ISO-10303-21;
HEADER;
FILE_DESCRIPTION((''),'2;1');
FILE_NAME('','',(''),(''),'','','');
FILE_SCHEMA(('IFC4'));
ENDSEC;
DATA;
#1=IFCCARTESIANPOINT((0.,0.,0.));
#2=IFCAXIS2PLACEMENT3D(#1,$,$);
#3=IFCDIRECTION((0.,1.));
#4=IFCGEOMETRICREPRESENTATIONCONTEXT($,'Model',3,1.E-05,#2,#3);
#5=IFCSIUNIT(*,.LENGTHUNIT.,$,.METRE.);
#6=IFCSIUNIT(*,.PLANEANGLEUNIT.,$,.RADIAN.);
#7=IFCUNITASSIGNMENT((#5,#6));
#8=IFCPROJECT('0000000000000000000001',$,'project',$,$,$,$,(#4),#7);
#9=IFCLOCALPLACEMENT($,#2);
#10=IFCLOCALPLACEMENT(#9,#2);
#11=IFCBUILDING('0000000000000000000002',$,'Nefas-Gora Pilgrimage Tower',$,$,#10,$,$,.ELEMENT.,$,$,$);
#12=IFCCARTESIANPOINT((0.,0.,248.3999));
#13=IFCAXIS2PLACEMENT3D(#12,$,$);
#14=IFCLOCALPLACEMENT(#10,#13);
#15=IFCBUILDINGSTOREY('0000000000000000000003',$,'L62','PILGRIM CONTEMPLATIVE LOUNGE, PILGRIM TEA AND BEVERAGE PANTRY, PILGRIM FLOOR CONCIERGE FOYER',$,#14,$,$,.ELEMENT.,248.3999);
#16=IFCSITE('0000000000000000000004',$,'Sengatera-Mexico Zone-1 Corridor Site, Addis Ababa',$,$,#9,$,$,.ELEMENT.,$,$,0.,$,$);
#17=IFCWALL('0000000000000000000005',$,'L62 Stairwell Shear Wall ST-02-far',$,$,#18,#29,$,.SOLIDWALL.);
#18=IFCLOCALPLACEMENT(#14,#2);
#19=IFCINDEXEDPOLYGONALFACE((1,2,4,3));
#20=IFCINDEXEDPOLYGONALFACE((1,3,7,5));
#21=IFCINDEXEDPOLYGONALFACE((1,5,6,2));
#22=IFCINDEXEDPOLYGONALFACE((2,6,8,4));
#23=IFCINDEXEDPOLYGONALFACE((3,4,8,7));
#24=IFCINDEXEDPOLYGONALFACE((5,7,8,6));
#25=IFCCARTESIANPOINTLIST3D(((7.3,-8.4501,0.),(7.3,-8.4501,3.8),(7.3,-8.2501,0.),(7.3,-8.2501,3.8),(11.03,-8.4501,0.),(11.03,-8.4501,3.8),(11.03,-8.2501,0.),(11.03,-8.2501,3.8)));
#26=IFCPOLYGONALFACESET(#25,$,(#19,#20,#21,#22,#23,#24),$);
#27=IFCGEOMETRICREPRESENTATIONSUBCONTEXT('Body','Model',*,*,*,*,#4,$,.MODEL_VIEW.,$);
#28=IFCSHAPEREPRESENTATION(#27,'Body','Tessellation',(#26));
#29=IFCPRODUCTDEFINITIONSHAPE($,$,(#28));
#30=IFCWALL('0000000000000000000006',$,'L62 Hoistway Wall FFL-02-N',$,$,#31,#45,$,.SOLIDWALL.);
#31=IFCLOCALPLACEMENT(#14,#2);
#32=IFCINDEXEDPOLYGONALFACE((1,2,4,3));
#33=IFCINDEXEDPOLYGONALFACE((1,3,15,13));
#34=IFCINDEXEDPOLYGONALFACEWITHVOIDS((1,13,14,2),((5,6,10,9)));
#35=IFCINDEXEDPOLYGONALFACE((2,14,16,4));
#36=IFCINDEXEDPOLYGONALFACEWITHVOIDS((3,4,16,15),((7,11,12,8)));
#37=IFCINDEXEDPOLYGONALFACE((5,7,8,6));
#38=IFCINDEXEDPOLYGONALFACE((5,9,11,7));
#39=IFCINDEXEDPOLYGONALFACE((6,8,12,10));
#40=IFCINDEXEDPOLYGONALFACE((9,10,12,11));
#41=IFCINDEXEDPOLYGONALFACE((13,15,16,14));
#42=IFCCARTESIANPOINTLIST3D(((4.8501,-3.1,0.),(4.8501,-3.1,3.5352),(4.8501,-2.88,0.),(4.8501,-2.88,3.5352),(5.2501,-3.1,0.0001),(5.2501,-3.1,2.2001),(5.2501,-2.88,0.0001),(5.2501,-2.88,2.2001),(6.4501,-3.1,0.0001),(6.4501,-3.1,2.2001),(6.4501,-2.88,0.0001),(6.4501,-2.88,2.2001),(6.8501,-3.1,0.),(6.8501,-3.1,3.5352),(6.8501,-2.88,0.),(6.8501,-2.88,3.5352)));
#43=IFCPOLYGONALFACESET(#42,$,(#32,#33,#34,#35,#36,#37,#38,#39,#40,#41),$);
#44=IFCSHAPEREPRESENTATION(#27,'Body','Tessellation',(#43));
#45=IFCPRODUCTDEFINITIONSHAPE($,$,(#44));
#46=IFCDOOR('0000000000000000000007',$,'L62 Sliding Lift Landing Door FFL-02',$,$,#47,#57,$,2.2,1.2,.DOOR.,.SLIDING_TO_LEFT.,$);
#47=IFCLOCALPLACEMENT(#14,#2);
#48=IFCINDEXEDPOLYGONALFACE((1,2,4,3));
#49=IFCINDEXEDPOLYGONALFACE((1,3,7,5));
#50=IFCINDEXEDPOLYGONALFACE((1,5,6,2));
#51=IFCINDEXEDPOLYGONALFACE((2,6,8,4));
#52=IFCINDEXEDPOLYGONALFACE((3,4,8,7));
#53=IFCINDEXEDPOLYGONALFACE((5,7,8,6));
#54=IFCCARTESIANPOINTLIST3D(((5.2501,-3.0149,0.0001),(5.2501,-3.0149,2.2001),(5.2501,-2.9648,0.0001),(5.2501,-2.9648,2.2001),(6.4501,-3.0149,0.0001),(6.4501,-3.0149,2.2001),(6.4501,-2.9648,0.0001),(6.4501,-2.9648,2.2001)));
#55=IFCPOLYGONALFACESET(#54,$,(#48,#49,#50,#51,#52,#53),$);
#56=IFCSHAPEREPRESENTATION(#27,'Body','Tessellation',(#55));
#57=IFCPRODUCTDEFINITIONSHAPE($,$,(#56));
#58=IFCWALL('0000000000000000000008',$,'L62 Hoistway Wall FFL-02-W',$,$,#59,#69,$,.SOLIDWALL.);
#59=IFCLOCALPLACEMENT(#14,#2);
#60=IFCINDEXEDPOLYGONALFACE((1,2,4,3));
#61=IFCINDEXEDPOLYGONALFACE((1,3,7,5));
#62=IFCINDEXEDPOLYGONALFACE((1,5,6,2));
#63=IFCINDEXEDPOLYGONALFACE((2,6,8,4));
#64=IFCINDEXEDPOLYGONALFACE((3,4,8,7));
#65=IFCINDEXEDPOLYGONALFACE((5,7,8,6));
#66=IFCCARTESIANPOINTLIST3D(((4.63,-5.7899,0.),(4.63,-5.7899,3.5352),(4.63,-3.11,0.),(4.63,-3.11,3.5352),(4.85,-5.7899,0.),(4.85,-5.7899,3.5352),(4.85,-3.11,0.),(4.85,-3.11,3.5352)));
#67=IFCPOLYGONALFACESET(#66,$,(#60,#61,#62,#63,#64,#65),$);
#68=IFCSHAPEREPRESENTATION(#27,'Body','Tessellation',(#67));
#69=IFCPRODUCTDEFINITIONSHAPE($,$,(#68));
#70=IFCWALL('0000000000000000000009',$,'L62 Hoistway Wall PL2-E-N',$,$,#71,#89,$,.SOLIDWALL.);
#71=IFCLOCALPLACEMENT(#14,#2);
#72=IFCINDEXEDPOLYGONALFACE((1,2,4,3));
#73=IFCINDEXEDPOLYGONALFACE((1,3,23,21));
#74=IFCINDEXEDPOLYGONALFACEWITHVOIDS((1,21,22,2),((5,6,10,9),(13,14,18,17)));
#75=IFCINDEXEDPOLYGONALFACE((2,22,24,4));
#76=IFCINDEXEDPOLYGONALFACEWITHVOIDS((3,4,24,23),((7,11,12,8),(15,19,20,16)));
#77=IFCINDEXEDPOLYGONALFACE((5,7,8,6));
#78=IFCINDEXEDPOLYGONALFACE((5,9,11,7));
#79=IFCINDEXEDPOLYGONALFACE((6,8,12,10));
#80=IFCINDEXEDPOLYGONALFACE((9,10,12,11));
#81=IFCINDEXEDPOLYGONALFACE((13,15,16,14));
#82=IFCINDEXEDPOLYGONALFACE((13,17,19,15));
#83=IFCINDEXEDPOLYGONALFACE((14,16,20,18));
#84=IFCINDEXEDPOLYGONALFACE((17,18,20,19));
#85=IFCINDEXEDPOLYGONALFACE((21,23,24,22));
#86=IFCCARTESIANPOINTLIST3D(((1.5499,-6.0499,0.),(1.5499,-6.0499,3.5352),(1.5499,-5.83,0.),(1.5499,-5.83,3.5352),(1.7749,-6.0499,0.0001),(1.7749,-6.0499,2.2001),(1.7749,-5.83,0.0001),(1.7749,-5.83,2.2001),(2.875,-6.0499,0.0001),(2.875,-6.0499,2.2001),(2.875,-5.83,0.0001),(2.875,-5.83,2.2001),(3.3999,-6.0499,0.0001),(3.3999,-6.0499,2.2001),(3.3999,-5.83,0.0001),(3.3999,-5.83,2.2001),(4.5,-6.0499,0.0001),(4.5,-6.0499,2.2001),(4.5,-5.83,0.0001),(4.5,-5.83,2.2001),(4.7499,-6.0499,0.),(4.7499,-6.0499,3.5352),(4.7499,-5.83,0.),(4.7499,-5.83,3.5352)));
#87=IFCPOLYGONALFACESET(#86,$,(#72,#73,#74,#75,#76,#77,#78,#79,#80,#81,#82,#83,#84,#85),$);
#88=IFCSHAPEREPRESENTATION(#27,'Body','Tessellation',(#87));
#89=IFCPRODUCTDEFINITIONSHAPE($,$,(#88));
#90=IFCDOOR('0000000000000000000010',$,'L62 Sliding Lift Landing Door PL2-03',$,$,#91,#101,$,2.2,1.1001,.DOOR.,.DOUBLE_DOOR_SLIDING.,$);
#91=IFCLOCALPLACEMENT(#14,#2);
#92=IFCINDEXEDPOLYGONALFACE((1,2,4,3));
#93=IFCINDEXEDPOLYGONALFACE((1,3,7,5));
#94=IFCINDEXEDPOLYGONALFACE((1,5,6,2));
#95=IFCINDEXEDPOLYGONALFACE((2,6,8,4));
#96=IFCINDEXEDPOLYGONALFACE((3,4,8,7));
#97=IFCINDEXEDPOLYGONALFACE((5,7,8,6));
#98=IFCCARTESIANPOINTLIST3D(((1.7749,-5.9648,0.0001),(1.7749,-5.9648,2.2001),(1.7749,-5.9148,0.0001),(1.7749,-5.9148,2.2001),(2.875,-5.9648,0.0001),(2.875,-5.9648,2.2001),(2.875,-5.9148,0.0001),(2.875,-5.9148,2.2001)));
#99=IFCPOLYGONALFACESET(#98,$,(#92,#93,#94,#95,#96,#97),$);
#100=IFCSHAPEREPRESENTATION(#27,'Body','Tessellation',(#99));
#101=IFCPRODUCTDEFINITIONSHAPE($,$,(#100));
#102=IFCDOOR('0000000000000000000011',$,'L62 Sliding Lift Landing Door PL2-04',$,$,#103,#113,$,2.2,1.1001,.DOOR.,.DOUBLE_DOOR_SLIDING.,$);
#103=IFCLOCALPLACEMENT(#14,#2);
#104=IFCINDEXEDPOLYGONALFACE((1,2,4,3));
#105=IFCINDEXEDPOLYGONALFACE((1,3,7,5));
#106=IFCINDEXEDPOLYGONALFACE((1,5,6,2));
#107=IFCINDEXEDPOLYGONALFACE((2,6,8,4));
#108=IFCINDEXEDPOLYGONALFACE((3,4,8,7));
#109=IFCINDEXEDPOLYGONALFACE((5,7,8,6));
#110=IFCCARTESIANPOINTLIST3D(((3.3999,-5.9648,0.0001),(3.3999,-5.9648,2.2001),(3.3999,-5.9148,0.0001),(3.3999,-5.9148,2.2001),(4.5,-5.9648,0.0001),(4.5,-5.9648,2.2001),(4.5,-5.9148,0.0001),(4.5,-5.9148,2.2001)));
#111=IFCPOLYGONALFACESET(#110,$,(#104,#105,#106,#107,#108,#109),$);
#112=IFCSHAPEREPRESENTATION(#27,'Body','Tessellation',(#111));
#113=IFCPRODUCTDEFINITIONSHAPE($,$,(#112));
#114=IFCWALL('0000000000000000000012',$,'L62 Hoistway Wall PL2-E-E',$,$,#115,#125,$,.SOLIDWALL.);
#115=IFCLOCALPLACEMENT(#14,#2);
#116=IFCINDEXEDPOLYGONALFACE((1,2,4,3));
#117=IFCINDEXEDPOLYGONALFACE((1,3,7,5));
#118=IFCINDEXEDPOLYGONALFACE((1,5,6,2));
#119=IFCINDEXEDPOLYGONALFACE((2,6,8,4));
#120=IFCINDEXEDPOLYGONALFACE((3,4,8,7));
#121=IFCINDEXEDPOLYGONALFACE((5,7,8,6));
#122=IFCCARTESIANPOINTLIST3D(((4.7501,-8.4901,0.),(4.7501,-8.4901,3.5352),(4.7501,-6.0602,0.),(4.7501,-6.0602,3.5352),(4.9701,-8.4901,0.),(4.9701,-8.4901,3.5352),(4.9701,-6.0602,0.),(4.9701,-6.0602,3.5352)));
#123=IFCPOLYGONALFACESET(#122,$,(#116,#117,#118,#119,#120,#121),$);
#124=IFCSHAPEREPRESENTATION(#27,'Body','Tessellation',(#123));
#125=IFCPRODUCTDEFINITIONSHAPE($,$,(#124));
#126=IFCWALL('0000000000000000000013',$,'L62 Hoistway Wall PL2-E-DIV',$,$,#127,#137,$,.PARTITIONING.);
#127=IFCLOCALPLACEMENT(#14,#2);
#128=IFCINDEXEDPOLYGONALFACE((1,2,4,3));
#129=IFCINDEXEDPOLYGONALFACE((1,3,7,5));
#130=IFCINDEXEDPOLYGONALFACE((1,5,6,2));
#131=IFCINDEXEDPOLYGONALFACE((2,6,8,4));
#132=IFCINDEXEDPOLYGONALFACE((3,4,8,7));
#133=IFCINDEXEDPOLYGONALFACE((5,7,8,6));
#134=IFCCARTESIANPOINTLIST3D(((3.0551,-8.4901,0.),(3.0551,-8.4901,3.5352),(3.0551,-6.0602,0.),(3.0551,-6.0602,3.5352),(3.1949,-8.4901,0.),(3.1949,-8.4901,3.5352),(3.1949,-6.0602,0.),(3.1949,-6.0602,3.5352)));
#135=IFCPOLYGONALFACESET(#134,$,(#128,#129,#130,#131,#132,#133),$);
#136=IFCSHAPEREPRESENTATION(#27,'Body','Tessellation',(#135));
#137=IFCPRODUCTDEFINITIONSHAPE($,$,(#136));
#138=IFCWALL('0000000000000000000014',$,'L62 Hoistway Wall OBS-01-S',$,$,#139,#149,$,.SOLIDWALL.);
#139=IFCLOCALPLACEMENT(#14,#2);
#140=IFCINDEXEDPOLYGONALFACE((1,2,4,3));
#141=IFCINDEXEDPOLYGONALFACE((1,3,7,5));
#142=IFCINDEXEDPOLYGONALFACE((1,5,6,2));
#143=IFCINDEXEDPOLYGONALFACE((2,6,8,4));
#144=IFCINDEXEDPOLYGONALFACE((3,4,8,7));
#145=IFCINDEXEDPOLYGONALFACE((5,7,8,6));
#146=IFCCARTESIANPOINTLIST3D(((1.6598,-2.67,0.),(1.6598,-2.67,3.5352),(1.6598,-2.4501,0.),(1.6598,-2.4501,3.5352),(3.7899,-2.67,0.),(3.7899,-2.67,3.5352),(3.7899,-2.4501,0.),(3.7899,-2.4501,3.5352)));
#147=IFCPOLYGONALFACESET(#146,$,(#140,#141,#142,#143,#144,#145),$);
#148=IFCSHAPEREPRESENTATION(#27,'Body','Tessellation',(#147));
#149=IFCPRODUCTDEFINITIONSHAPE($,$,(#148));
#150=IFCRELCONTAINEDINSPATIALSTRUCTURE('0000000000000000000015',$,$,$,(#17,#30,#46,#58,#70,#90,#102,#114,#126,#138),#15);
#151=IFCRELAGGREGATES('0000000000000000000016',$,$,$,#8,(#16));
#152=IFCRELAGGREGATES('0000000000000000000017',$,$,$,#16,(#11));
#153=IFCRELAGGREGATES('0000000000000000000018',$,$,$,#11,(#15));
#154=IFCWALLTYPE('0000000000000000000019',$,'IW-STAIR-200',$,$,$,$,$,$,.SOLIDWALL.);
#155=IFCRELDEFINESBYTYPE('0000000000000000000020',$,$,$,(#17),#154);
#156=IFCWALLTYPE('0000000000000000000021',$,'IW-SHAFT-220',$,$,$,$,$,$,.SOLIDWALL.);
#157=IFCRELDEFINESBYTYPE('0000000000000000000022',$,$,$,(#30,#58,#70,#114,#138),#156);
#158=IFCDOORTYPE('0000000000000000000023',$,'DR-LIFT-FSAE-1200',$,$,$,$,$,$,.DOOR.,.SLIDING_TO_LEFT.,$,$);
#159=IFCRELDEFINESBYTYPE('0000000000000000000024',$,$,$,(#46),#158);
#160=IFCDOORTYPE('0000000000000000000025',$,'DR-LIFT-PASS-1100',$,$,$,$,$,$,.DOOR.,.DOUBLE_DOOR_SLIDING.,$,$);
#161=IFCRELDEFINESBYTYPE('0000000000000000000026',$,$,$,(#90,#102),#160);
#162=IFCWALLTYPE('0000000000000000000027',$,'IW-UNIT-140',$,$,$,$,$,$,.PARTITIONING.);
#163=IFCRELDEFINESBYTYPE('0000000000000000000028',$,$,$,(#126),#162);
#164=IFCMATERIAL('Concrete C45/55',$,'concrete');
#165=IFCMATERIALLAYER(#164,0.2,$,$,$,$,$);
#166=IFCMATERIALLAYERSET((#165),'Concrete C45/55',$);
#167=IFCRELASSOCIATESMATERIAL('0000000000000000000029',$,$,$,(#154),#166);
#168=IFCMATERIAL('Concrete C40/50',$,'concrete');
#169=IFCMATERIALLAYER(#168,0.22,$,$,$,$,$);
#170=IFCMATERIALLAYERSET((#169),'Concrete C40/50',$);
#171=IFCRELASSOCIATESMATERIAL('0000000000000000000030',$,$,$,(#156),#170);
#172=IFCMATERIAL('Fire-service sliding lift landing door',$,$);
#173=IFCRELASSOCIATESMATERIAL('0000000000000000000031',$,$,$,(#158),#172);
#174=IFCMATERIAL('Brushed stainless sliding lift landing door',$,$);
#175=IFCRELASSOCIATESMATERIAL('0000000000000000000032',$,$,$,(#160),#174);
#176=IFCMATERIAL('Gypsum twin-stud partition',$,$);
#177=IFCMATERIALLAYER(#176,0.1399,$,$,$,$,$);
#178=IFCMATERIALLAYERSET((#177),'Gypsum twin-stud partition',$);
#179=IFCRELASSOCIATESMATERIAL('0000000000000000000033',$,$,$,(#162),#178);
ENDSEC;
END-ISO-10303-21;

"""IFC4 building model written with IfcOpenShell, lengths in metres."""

from ifc_helpers import new_model, si_unit, direction, frame, frame_2d, origin, place, context, subcontext, project, spatial, rectangle, extrude, source, transform, mapped, material, layer, layer_set, type_object, element, fill, save


model = new_model("IFC4")

# Units and contexts
model_context = context("Model", 3, precision=1e-05, world=origin(), true_north=direction((0.0, 1.0)))
body_context = subcontext(model_context, "Body", "Model", "MODEL_VIEW")
ifc_project = project(units=[si_unit("LENGTHUNIT", "METRE"), si_unit("PLANEANGLEUNIT", "RADIAN")], contexts=[model_context])

# Site, building, storey
site_placement = place(None, origin())
site = spatial("IfcSite", under=ifc_project, at=site_placement, Name="Sengatera-Mexico Zone-1 Corridor Site, Addis Ababa", CompositionType="ELEMENT", RefElevation=0.0)
building_placement = place(site_placement, origin())
building = spatial("IfcBuilding", under=site, at=building_placement, Name="Nefas-Gora Pilgrimage Tower", CompositionType="ELEMENT")
storey_placement = place(building_placement, frame((0.0, 0.0, 248.3999)))
storey = spatial("IfcBuildingStorey", under=building, at=storey_placement, Name="L62", Description="PILGRIM CONTEMPLATIVE LOUNGE, PILGRIM TEA AND BEVERAGE PANTRY, PILGRIM FLOOR CONCIERGE FOYER", CompositionType="ELEMENT", Elevation=248.3999)

# Shared definitions
ifc_material_1 = material(Name="Concrete C40/50", Category="concrete")

# Shared definitions
ifc_material_2 = material(Name="Concrete C45/55", Category="concrete")

# Shared definitions
ifc_layer_1 = layer(ifc_material_2, 0.2)
ifc_layer_set_1 = layer_set([ifc_layer_1], Name="Concrete C45/55")
wall_type_1 = type_object("IfcWallType", Name="IW-STAIR-200", PredefinedType="SOLIDWALL", material=ifc_layer_set_1)

# Wall
shared_shape_1 = source(origin(), body_context, "Body", "SweptSolid", [
    extrude(rectangle(XDim=3.73, YDim=0.2, at=frame_2d((1.865, 0.0))), origin(), (0.0, 0.0, 1.0), 3.8),
])
wall_1_placement = place(storey_placement, frame((7.3, -8.3501, 0.0), z_axis=(0.0, 0.0, 1.0), x_axis=(1.0, 0.0, 0.0)))
element("IfcWall", 1, at=wall_1_placement, inside=storey, type_object=wall_type_1, Name="L62 Stairwell Shear Wall ST-02-far", PredefinedType="SOLIDWALL", context=body_context, shape_type="MappedRepresentation", body=[
    mapped(shared_shape_1, transform((0.0, 0.0, 0.0), x_axis=(1.0, 0.0, 0.0), y_axis=(0.0, 1.0, 0.0), z_axis=(0.0, 0.0, 1.0), scale=1.0)),
])

# Wall, opening, door
ifc_layer_2 = layer(ifc_material_1, 0.22)
ifc_layer_set_2 = layer_set([ifc_layer_2], Name="Concrete C40/50")
wall_type_2 = type_object("IfcWallType", Name="IW-SHAFT-220", PredefinedType="SOLIDWALL", material=ifc_layer_set_2)
shared_shape_2 = source(origin(), body_context, "Body", "SweptSolid", [
    extrude(rectangle(XDim=2.0, YDim=0.22, at=frame_2d((1.0, 0.0))), origin(), (0.0, 0.0, 1.0), 3.5352),
])
wall_2_placement = place(storey_placement, frame((6.8501, -2.99, 0.0), z_axis=(0.0, 0.0, 1.0), x_axis=(-1.0, 0.0, 0.0)))
wall_2 = element("IfcWall", 2, at=wall_2_placement, inside=storey, type_object=wall_type_2, Name="L62 Hoistway Wall FFL-02-N", PredefinedType="SOLIDWALL", context=body_context, shape_type="MappedRepresentation", body=[
    mapped(shared_shape_2, transform((0.0, 0.0, 0.0), x_axis=(1.0, 0.0, 0.0), y_axis=(0.0, 1.0, 0.0), z_axis=(0.0, 0.0, 1.0), scale=1.0)),
])
opening_1_placement = place(wall_2_placement, frame((0.3999, 0.0, 0.0)))
opening_1 = element("IfcOpeningElement", 3, at=opening_1_placement, cuts=wall_2, PredefinedType="OPENING", context=body_context, shape_type="SweptSolid", body=[
    extrude(rectangle(XDim=1.2, YDim=2.2, at=frame_2d((0.6001, 1.1001))), frame((0.0, 0.1199, 0.0), z_axis=(0.0, -1.0, 0.0), x_axis=(1.0, 0.0, 0.0)), (0.0, 0.0, 1.0), 0.24),
])
ifc_material_3 = material(Name="Fire-service sliding lift landing door")
door_type_1 = type_object("IfcDoorType", Name="DR-LIFT-FSAE-1200", OperationType="SLIDING_TO_LEFT", PredefinedType="DOOR", material=ifc_material_3)
shared_shape_3 = source(origin(), body_context, "Body", "SweptSolid", [
    extrude(rectangle(XDim=1.2, YDim=2.2, at=frame_2d((0.6001, 1.1001))), frame((0.0, 0.0249, 0.0), z_axis=(0.0, -1.0, 0.0), x_axis=(1.0, 0.0, 0.0)), (0.0, 0.0, 1.0), 0.05),
])
door_1_placement = place(opening_1_placement, origin())
door_1 = element("IfcDoor", 4, at=door_1_placement, inside=storey, type_object=door_type_1, Name="L62 Sliding Lift Landing Door FFL-02", OperationType="SLIDING_TO_LEFT", OverallHeight=2.2, OverallWidth=1.2, PredefinedType="DOOR", context=body_context, shape_type="MappedRepresentation", body=[
    mapped(shared_shape_3, transform((0.0, 0.0, 0.0), x_axis=(1.0, 0.0, 0.0), y_axis=(0.0, 1.0, 0.0), z_axis=(0.0, 0.0, 1.0), scale=1.0)),
])
fill(opening_1, door_1)

# Wall
shared_shape_4 = source(origin(), body_context, "Body", "SweptSolid", [
    extrude(rectangle(XDim=2.6799, YDim=0.22, at=frame_2d((1.3398, 0.0))), origin(), (0.0, 0.0, 1.0), 3.5352),
])
wall_3_placement = place(storey_placement, frame((4.74, -3.1101, 0.0), z_axis=(0.0, 0.0, 1.0), x_axis=(0.0, -1.0, 0.0)))
element("IfcWall", 5, at=wall_3_placement, inside=storey, type_object=wall_type_2, Name="L62 Hoistway Wall FFL-02-W", PredefinedType="SOLIDWALL", context=body_context, shape_type="MappedRepresentation", body=[
    mapped(shared_shape_4, transform((0.0, 0.0, 0.0), x_axis=(1.0, 0.0, 0.0), y_axis=(0.0, 1.0, 0.0), z_axis=(0.0, 0.0, 1.0), scale=1.0)),
])

# Wall, openings, doors
shared_shape_5 = source(origin(), body_context, "Body", "SweptSolid", [
    extrude(rectangle(XDim=3.2, YDim=0.22, at=frame_2d((1.6001, 0.0))), origin(), (0.0, 0.0, 1.0), 3.5352),
])
wall_4_placement = place(storey_placement, frame((4.75, -5.9399, 0.0), z_axis=(0.0, 0.0, 1.0), x_axis=(-1.0, 0.0, 0.0)))
wall_4 = element("IfcWall", 6, at=wall_4_placement, inside=storey, type_object=wall_type_2, Name="L62 Hoistway Wall PL2-E-N", PredefinedType="SOLIDWALL", context=body_context, shape_type="MappedRepresentation", body=[
    mapped(shared_shape_5, transform((0.0, 0.0, 0.0), x_axis=(1.0, 0.0, 0.0), y_axis=(0.0, 1.0, 0.0), z_axis=(0.0, 0.0, 1.0), scale=1.0)),
])
opening_2_placement = place(wall_4_placement, frame((1.875, 0.0, 0.0)))
opening_2 = element("IfcOpeningElement", 7, at=opening_2_placement, cuts=wall_4, PredefinedType="OPENING", context=body_context, shape_type="SweptSolid", body=[
    extrude(rectangle(XDim=1.1001, YDim=2.2, at=frame_2d((0.55, 1.1001))), frame((0.0, 0.1199, 0.0), z_axis=(0.0, -1.0, 0.0), x_axis=(1.0, 0.0, 0.0)), (0.0, 0.0, 1.0), 0.24),
])
opening_3_placement = place(wall_4_placement, frame((0.25, 0.0, 0.0)))
opening_3 = element("IfcOpeningElement", 8, at=opening_3_placement, cuts=wall_4, PredefinedType="OPENING", context=body_context, shape_type="SweptSolid", body=[
    extrude(rectangle(XDim=1.1001, YDim=2.2, at=frame_2d((0.55, 1.1001))), frame((0.0, 0.1199, 0.0), z_axis=(0.0, -1.0, 0.0), x_axis=(1.0, 0.0, 0.0)), (0.0, 0.0, 1.0), 0.24),
])
ifc_material_4 = material(Name="Brushed stainless sliding lift landing door")
door_type_2 = type_object("IfcDoorType", Name="DR-LIFT-PASS-1100", OperationType="DOUBLE_DOOR_SLIDING", PredefinedType="DOOR", material=ifc_material_4)
shared_shape_6 = source(origin(), body_context, "Body", "SweptSolid", [
    extrude(rectangle(XDim=1.1001, YDim=2.2, at=frame_2d((0.55, 1.1001))), frame((0.0, 0.0249, 0.0), z_axis=(0.0, -1.0, 0.0), x_axis=(1.0, 0.0, 0.0)), (0.0, 0.0, 1.0), 0.05),
])
door_2_placement = place(opening_2_placement, origin())
door_2 = element("IfcDoor", 9, at=door_2_placement, inside=storey, type_object=door_type_2, Name="L62 Sliding Lift Landing Door PL2-03", OperationType="DOUBLE_DOOR_SLIDING", OverallHeight=2.2, OverallWidth=1.1001, PredefinedType="DOOR", context=body_context, shape_type="MappedRepresentation", body=[
    mapped(shared_shape_6, transform((0.0, 0.0, 0.0), x_axis=(1.0, 0.0, 0.0), y_axis=(0.0, 1.0, 0.0), z_axis=(0.0, 0.0, 1.0), scale=1.0)),
])
fill(opening_2, door_2)
door_3_placement = place(opening_3_placement, origin())
door_3 = element("IfcDoor", 10, at=door_3_placement, inside=storey, type_object=door_type_2, Name="L62 Sliding Lift Landing Door PL2-04", OperationType="DOUBLE_DOOR_SLIDING", OverallHeight=2.2, OverallWidth=1.1001, PredefinedType="DOOR", context=body_context, shape_type="MappedRepresentation", body=[
    mapped(shared_shape_6, transform((0.0, 0.0, 0.0), x_axis=(1.0, 0.0, 0.0), y_axis=(0.0, 1.0, 0.0), z_axis=(0.0, 0.0, 1.0), scale=1.0)),
])
fill(opening_3, door_3)

# Walls
shared_shape_7 = source(origin(), body_context, "Body", "SweptSolid", [
    extrude(rectangle(XDim=2.4299, YDim=0.22, at=frame_2d((1.2148, 0.0))), origin(), (0.0, 0.0, 1.0), 3.5352),
])
for number, where, z_axis, x_axis, name in (
    (11, (4.8601, -8.49, 0.0), (0.0, 0.0, 1.0), (0.0, 1.0, 0.0), "L62 Hoistway Wall PL2-E-E"),
):
    element("IfcWall", number, at=place(storey_placement, frame(where, z_axis=z_axis, x_axis=x_axis)), inside=storey, type_object=wall_type_2, Name=name, PredefinedType="SOLIDWALL", context=body_context, shape_type="MappedRepresentation", body=[
        mapped(shared_shape_7, transform((0.0, 0.0, 0.0), x_axis=(1.0, 0.0, 0.0), y_axis=(0.0, 1.0, 0.0), z_axis=(0.0, 0.0, 1.0), scale=1.0)),
    ])
ifc_material_5 = material(Name="Gypsum twin-stud partition")
ifc_layer_3 = layer(ifc_material_5, 0.1399)
ifc_layer_set_3 = layer_set([ifc_layer_3], Name="Gypsum twin-stud partition")
wall_type_3 = type_object("IfcWallType", Name="IW-UNIT-140", PredefinedType="PARTITIONING", material=ifc_layer_set_3)
shared_shape_8 = source(origin(), body_context, "Body", "SweptSolid", [
    extrude(rectangle(XDim=2.4299, YDim=0.1399, at=frame_2d((1.2148, 0.0))), origin(), (0.0, 0.0, 1.0), 3.5352),
])
wall_5_placement = place(storey_placement, frame((3.125, -8.49, 0.0), z_axis=(0.0, 0.0, 1.0), x_axis=(0.0, 1.0, 0.0)))
element("IfcWall", 12, at=wall_5_placement, inside=storey, type_object=wall_type_3, Name="L62 Hoistway Wall PL2-E-DIV", PredefinedType="PARTITIONING", context=body_context, shape_type="MappedRepresentation", body=[
    mapped(shared_shape_8, transform((0.0, 0.0, 0.0), x_axis=(1.0, 0.0, 0.0), y_axis=(0.0, 1.0, 0.0), z_axis=(0.0, 0.0, 1.0), scale=1.0)),
])
shared_shape_9 = source(origin(), body_context, "Body", "SweptSolid", [
    extrude(rectangle(XDim=2.1301, YDim=0.22, at=frame_2d((1.0649, 0.0))), origin(), (0.0, 0.0, 1.0), 3.5352),
])
wall_6_placement = place(storey_placement, frame((1.6599, -2.5601, 0.0), z_axis=(0.0, 0.0, 1.0), x_axis=(1.0, 0.0, 0.0)))
element("IfcWall", 13, at=wall_6_placement, inside=storey, type_object=wall_type_2, Name="L62 Hoistway Wall OBS-01-S", PredefinedType="SOLIDWALL", context=body_context, shape_type="MappedRepresentation", body=[
    mapped(shared_shape_9, transform((0.0, 0.0, 0.0), x_axis=(1.0, 0.0, 0.0), y_axis=(0.0, 1.0, 0.0), z_axis=(0.0, 0.0, 1.0), scale=1.0)),
])

save(model, "model.ifc")
